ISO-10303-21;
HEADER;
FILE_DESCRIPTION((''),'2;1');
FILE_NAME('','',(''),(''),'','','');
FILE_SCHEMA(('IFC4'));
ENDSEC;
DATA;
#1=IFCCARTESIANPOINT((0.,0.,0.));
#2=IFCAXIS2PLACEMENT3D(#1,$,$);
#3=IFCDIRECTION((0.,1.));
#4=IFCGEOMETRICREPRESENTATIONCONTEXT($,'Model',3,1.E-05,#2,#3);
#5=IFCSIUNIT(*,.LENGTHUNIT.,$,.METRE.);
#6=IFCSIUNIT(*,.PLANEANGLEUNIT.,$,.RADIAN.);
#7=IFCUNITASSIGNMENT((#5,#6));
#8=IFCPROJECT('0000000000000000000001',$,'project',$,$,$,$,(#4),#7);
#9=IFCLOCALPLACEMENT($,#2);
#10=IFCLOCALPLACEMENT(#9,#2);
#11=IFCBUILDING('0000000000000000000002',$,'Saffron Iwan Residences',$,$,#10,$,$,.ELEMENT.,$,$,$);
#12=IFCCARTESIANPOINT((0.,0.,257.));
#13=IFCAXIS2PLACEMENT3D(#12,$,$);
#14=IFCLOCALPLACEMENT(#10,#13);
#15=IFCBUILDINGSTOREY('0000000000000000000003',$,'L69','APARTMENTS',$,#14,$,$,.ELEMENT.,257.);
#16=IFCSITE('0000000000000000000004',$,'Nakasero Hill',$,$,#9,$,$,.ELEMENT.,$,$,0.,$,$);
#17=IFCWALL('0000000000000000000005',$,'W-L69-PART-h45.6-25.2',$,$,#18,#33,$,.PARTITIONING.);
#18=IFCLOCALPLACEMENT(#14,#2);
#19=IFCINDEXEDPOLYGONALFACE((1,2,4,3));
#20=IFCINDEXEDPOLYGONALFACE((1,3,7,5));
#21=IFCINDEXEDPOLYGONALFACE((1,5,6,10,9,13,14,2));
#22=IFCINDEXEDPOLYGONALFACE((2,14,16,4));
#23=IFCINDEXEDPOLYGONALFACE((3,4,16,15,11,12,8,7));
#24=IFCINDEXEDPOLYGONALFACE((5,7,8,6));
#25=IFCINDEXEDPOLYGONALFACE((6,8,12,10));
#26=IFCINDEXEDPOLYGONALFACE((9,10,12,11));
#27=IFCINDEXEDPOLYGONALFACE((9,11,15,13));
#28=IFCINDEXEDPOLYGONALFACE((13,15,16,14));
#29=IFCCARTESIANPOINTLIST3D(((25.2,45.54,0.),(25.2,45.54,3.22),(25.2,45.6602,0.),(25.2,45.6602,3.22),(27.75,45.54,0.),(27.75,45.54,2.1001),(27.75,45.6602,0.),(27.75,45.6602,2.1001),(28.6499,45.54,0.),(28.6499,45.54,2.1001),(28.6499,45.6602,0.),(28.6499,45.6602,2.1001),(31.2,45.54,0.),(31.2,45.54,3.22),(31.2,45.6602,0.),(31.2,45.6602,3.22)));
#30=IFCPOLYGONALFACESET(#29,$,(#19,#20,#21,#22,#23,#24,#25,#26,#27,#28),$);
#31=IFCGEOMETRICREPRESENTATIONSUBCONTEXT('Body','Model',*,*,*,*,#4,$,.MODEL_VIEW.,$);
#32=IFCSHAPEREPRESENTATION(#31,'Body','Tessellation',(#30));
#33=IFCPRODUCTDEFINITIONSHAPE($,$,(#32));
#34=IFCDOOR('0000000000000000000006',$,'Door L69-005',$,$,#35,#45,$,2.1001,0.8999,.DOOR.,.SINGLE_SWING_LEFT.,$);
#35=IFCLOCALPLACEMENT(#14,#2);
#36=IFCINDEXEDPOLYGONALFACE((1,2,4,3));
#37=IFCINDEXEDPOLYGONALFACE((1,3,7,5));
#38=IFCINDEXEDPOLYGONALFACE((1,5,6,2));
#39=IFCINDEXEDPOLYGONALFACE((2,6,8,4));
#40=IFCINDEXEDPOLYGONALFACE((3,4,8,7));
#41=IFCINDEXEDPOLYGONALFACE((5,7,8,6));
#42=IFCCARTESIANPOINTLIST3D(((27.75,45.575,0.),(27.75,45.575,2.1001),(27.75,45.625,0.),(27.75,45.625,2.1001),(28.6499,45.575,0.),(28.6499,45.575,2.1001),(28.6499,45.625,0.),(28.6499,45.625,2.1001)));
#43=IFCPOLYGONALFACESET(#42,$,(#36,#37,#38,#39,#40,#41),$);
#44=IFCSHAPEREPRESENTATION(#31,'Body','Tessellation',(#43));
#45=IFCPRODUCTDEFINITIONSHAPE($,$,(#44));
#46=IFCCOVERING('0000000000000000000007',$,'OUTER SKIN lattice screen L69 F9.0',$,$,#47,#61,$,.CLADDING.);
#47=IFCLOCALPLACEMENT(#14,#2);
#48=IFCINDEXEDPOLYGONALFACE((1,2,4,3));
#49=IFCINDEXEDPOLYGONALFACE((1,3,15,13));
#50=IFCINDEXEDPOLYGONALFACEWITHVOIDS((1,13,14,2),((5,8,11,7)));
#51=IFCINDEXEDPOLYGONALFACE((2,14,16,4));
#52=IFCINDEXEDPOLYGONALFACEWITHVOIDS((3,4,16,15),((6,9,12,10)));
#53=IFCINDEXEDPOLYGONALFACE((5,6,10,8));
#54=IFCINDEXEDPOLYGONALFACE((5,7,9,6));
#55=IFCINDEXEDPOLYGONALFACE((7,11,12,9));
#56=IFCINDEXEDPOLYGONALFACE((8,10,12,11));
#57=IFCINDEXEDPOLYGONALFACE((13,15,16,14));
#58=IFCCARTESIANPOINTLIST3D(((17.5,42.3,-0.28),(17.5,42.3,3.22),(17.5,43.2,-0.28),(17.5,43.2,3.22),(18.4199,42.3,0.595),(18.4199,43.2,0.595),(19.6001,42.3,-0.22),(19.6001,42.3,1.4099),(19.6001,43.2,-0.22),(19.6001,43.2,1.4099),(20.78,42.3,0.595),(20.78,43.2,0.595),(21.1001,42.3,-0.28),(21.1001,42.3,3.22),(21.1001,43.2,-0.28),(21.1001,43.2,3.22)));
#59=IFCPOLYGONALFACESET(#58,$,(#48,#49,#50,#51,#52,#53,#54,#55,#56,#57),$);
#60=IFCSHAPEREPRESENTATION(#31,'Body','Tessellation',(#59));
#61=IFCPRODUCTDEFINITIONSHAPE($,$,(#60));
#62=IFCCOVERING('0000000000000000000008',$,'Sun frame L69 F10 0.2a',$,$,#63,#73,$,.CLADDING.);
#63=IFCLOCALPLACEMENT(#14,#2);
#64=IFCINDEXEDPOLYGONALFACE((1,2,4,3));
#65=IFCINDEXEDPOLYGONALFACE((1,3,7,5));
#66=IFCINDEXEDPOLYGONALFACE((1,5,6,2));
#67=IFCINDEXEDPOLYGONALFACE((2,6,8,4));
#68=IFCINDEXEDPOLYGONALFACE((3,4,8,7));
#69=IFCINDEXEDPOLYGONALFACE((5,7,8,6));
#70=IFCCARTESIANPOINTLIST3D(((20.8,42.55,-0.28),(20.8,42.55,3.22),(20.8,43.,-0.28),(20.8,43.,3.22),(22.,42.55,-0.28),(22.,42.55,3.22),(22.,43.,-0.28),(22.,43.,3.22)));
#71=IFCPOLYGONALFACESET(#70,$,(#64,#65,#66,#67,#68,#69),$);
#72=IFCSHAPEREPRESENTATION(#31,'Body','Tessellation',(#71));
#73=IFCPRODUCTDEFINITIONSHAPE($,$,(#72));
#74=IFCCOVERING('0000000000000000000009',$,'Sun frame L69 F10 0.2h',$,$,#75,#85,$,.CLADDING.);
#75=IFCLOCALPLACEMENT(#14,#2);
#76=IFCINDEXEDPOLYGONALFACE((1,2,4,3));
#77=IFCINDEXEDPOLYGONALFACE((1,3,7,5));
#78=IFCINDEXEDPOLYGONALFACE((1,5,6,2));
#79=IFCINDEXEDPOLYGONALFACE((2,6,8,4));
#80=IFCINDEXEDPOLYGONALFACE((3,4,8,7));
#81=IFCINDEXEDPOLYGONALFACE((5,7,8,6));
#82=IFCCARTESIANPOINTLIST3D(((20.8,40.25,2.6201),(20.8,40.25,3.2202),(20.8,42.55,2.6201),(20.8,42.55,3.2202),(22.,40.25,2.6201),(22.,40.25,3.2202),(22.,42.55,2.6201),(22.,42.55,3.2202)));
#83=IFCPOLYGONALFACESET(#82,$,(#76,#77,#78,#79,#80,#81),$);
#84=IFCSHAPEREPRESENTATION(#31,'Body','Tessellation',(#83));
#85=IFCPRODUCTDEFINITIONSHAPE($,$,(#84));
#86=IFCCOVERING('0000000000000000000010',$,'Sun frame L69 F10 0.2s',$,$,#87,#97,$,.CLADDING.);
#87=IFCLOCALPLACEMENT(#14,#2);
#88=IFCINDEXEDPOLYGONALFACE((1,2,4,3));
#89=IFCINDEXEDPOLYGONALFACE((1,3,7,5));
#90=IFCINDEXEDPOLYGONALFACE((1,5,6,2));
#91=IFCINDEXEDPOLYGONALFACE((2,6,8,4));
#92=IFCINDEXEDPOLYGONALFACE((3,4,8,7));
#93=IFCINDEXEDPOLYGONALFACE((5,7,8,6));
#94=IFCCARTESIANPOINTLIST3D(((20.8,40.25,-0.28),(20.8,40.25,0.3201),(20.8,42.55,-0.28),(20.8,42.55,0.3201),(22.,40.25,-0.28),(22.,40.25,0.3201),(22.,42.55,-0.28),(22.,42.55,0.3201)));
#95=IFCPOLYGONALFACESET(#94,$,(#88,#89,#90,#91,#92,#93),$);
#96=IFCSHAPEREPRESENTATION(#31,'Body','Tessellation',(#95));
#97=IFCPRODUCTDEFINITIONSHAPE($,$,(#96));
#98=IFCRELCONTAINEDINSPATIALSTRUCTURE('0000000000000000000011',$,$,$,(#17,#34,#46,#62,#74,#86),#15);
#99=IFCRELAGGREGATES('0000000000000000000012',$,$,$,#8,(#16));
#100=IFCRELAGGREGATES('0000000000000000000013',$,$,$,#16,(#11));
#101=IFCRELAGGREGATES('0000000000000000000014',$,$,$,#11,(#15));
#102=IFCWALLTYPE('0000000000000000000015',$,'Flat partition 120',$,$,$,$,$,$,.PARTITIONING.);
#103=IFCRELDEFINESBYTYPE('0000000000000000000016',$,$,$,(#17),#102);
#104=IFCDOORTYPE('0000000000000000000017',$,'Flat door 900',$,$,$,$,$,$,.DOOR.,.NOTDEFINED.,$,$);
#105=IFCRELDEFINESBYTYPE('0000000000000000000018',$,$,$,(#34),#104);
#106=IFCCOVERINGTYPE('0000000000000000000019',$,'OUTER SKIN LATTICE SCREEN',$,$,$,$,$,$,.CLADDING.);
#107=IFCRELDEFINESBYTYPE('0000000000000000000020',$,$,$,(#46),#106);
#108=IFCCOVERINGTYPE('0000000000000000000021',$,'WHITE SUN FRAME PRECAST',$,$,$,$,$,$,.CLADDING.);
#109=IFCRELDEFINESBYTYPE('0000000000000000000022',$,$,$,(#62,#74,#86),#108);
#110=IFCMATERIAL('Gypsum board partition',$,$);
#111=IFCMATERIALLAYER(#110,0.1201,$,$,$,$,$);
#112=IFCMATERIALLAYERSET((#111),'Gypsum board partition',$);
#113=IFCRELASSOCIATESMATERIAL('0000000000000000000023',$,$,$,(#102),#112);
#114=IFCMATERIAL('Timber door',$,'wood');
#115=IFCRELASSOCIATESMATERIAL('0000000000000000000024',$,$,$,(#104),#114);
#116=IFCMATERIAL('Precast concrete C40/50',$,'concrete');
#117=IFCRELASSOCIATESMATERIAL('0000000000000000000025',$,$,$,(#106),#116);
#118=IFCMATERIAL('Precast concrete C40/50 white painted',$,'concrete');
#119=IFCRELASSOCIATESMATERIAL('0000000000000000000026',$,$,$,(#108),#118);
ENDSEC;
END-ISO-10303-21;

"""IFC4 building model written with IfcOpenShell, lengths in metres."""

from ifc_helpers import new_model, si_unit, direction, frame, frame_2d, origin, place, context, subcontext, project, spatial, polyline, rectangle, outline, extrude, material, layer, layer_set, type_object, element, fill, save


model = new_model("IFC4")

# Units and contexts
model_context = context("Model", 3, precision=1e-05, world=origin(), true_north=direction((0.0, 1.0)))
body_context = subcontext(model_context, "Body", "Model", "MODEL_VIEW")
ifc_project = project(units=[si_unit("LENGTHUNIT", "METRE"), si_unit("PLANEANGLEUNIT", "RADIAN")], contexts=[model_context])

# Site, building, storey
site_placement = place(None, origin())
site = spatial("IfcSite", under=ifc_project, at=site_placement, Name="Nakasero Hill", CompositionType="ELEMENT", RefElevation=0.0)
building_placement = place(site_placement, origin())
building = spatial("IfcBuilding", under=site, at=building_placement, Name="Saffron Iwan Residences", CompositionType="ELEMENT")
storey_placement = place(building_placement, frame((0.0, 0.0, 257.0)))
storey = spatial("IfcBuildingStorey", under=building, at=storey_placement, Name="L69", Description="APARTMENTS", CompositionType="ELEMENT", Elevation=257.0)

# Shared definitions
ifc_material_1 = material(Name="Gypsum board partition")
ifc_layer_1 = layer(ifc_material_1, 0.1201)
ifc_layer_set_1 = layer_set([ifc_layer_1], Name="Gypsum board partition")
wall_type_1 = type_object("IfcWallType", Name="Flat partition 120", PredefinedType="PARTITIONING", material=ifc_layer_set_1)
ifc_material_2 = material(Name="Timber door", Category="wood")
door_type = type_object("IfcDoorType", Name="Flat door 900", OperationType="NOTDEFINED", PredefinedType="DOOR", material=ifc_material_2)

# Wall, opening, door
wall_1_placement = place(storey_placement, frame((25.2, 45.6001, 0.0), z_axis=(0.0, 0.0, 1.0), x_axis=(1.0, 0.0, 0.0)))
wall_1 = element("IfcWall", 1, at=wall_1_placement, inside=storey, type_object=wall_type_1, Name="W-L69-PART-h45.6-25.2", PredefinedType="PARTITIONING", context=body_context, shape_type="SweptSolid", body=[
    extrude(rectangle(XDim=6.0, YDim=0.1201, at=frame_2d((3.0, 0.0))), origin(), (0.0, 0.0, 1.0), 3.22),
])
opening_1_placement = place(wall_1_placement, frame((2.55, 0.0, 0.0)))
opening_1 = element("IfcOpeningElement", 2, at=opening_1_placement, cuts=wall_1, PredefinedType="OPENING", context=body_context, shape_type="SweptSolid", body=[
    extrude(rectangle(XDim=0.8999, YDim=2.1001, at=frame_2d((0.45, 1.05))), frame((0.0, 0.0701, 0.0), z_axis=(0.0, -1.0, 0.0), x_axis=(1.0, 0.0, 0.0)), (0.0, 0.0, 1.0), 0.1401),
])
door_1_placement = place(opening_1_placement, origin())
door_1 = element("IfcDoor", 3, at=door_1_placement, inside=storey, type_object=door_type, Name="Door L69-005", OperationType="SINGLE_SWING_LEFT", OverallHeight=2.1001, OverallWidth=0.8999, PredefinedType="DOOR", context=body_context, shape_type="SweptSolid", body=[
    extrude(rectangle(XDim=0.8999, YDim=2.1001, at=frame_2d((0.45, 1.05))), frame((0.0, 0.0249, 0.0), z_axis=(0.0, -1.0, 0.0), x_axis=(1.0, 0.0, 0.0)), (0.0, 0.0, 1.0), 0.05),
])
fill(opening_1, door_1)

# Coverings
ifc_material_3 = material(Name="Precast concrete C40/50", Category="concrete")
covering_type_1 = type_object("IfcCoveringType", Name="OUTER SKIN LATTICE SCREEN", PredefinedType="CLADDING", material=ifc_material_3)
covering_1_placement = place(storey_placement, frame((17.5, 43.2, -0.28), z_axis=(0.0, -1.0, 0.0), x_axis=(1.0, 0.0, 0.0)))
element("IfcCovering", 4, at=covering_1_placement, inside=storey, type_object=covering_type_1, Name="OUTER SKIN lattice screen L69 F9.0", PredefinedType="CLADDING", context=body_context, shape_type="SweptSolid", body=[
    extrude(outline(polyline([(0.0, 0.0), (3.6001, 0.0), (3.6001, 3.5), (0.0, 3.5), (0.0, 0.0)]), holes=[polyline([(0.9199, 0.875), (2.1001, 0.0601), (3.28, 0.875), (2.1001, 1.6899), (0.9199, 0.875)])]), origin(), (0.0, 0.0, 1.0), 0.8999),
])
ifc_material_4 = material(Name="Precast concrete C40/50 white painted", Category="concrete")
covering_type_2 = type_object("IfcCoveringType", Name="WHITE SUN FRAME PRECAST", PredefinedType="CLADDING", material=ifc_material_4)
covering_2_placement = place(storey_placement, frame((22.0, 43.0, -0.28), z_axis=(-1.0, 0.0, 0.0), x_axis=(0.0, -1.0, 0.0)))
element("IfcCovering", 5, at=covering_2_placement, inside=storey, type_object=covering_type_2, Name="Sun frame L69 F10 0.2a", PredefinedType="CLADDING", context=body_context, shape_type="SweptSolid", body=[
    extrude(outline(polyline([(0.0, 0.0), (0.45, 0.0), (0.45, 3.5), (0.0, 3.5), (0.0, 0.0)])), origin(), (0.0, 0.0, 1.0), 1.2),
])
for number, where, z_axis, x_axis, name in (
    (6, (22.0, 42.55, 2.6201), (-1.0, 0.0, 0.0), (0.0, -1.0, 0.0), "Sun frame L69 F10 0.2h"),
    (7, (22.0, 42.55, -0.28), (-1.0, 0.0, 0.0), (0.0, -1.0, 0.0), "Sun frame L69 F10 0.2s"),
):
    element("IfcCovering", number, at=place(storey_placement, frame(where, z_axis=z_axis, x_axis=x_axis)), inside=storey, type_object=covering_type_2, Name=name, PredefinedType="CLADDING", context=body_context, shape_type="SweptSolid", body=[
        extrude(outline(polyline([(0.0, 0.0), (2.3, 0.0), (2.3, 0.6001), (0.0, 0.6001), (0.0, 0.0)])), origin(), (0.0, 0.0, 1.0), 1.2),
    ])

save(model, "model.ifc")
